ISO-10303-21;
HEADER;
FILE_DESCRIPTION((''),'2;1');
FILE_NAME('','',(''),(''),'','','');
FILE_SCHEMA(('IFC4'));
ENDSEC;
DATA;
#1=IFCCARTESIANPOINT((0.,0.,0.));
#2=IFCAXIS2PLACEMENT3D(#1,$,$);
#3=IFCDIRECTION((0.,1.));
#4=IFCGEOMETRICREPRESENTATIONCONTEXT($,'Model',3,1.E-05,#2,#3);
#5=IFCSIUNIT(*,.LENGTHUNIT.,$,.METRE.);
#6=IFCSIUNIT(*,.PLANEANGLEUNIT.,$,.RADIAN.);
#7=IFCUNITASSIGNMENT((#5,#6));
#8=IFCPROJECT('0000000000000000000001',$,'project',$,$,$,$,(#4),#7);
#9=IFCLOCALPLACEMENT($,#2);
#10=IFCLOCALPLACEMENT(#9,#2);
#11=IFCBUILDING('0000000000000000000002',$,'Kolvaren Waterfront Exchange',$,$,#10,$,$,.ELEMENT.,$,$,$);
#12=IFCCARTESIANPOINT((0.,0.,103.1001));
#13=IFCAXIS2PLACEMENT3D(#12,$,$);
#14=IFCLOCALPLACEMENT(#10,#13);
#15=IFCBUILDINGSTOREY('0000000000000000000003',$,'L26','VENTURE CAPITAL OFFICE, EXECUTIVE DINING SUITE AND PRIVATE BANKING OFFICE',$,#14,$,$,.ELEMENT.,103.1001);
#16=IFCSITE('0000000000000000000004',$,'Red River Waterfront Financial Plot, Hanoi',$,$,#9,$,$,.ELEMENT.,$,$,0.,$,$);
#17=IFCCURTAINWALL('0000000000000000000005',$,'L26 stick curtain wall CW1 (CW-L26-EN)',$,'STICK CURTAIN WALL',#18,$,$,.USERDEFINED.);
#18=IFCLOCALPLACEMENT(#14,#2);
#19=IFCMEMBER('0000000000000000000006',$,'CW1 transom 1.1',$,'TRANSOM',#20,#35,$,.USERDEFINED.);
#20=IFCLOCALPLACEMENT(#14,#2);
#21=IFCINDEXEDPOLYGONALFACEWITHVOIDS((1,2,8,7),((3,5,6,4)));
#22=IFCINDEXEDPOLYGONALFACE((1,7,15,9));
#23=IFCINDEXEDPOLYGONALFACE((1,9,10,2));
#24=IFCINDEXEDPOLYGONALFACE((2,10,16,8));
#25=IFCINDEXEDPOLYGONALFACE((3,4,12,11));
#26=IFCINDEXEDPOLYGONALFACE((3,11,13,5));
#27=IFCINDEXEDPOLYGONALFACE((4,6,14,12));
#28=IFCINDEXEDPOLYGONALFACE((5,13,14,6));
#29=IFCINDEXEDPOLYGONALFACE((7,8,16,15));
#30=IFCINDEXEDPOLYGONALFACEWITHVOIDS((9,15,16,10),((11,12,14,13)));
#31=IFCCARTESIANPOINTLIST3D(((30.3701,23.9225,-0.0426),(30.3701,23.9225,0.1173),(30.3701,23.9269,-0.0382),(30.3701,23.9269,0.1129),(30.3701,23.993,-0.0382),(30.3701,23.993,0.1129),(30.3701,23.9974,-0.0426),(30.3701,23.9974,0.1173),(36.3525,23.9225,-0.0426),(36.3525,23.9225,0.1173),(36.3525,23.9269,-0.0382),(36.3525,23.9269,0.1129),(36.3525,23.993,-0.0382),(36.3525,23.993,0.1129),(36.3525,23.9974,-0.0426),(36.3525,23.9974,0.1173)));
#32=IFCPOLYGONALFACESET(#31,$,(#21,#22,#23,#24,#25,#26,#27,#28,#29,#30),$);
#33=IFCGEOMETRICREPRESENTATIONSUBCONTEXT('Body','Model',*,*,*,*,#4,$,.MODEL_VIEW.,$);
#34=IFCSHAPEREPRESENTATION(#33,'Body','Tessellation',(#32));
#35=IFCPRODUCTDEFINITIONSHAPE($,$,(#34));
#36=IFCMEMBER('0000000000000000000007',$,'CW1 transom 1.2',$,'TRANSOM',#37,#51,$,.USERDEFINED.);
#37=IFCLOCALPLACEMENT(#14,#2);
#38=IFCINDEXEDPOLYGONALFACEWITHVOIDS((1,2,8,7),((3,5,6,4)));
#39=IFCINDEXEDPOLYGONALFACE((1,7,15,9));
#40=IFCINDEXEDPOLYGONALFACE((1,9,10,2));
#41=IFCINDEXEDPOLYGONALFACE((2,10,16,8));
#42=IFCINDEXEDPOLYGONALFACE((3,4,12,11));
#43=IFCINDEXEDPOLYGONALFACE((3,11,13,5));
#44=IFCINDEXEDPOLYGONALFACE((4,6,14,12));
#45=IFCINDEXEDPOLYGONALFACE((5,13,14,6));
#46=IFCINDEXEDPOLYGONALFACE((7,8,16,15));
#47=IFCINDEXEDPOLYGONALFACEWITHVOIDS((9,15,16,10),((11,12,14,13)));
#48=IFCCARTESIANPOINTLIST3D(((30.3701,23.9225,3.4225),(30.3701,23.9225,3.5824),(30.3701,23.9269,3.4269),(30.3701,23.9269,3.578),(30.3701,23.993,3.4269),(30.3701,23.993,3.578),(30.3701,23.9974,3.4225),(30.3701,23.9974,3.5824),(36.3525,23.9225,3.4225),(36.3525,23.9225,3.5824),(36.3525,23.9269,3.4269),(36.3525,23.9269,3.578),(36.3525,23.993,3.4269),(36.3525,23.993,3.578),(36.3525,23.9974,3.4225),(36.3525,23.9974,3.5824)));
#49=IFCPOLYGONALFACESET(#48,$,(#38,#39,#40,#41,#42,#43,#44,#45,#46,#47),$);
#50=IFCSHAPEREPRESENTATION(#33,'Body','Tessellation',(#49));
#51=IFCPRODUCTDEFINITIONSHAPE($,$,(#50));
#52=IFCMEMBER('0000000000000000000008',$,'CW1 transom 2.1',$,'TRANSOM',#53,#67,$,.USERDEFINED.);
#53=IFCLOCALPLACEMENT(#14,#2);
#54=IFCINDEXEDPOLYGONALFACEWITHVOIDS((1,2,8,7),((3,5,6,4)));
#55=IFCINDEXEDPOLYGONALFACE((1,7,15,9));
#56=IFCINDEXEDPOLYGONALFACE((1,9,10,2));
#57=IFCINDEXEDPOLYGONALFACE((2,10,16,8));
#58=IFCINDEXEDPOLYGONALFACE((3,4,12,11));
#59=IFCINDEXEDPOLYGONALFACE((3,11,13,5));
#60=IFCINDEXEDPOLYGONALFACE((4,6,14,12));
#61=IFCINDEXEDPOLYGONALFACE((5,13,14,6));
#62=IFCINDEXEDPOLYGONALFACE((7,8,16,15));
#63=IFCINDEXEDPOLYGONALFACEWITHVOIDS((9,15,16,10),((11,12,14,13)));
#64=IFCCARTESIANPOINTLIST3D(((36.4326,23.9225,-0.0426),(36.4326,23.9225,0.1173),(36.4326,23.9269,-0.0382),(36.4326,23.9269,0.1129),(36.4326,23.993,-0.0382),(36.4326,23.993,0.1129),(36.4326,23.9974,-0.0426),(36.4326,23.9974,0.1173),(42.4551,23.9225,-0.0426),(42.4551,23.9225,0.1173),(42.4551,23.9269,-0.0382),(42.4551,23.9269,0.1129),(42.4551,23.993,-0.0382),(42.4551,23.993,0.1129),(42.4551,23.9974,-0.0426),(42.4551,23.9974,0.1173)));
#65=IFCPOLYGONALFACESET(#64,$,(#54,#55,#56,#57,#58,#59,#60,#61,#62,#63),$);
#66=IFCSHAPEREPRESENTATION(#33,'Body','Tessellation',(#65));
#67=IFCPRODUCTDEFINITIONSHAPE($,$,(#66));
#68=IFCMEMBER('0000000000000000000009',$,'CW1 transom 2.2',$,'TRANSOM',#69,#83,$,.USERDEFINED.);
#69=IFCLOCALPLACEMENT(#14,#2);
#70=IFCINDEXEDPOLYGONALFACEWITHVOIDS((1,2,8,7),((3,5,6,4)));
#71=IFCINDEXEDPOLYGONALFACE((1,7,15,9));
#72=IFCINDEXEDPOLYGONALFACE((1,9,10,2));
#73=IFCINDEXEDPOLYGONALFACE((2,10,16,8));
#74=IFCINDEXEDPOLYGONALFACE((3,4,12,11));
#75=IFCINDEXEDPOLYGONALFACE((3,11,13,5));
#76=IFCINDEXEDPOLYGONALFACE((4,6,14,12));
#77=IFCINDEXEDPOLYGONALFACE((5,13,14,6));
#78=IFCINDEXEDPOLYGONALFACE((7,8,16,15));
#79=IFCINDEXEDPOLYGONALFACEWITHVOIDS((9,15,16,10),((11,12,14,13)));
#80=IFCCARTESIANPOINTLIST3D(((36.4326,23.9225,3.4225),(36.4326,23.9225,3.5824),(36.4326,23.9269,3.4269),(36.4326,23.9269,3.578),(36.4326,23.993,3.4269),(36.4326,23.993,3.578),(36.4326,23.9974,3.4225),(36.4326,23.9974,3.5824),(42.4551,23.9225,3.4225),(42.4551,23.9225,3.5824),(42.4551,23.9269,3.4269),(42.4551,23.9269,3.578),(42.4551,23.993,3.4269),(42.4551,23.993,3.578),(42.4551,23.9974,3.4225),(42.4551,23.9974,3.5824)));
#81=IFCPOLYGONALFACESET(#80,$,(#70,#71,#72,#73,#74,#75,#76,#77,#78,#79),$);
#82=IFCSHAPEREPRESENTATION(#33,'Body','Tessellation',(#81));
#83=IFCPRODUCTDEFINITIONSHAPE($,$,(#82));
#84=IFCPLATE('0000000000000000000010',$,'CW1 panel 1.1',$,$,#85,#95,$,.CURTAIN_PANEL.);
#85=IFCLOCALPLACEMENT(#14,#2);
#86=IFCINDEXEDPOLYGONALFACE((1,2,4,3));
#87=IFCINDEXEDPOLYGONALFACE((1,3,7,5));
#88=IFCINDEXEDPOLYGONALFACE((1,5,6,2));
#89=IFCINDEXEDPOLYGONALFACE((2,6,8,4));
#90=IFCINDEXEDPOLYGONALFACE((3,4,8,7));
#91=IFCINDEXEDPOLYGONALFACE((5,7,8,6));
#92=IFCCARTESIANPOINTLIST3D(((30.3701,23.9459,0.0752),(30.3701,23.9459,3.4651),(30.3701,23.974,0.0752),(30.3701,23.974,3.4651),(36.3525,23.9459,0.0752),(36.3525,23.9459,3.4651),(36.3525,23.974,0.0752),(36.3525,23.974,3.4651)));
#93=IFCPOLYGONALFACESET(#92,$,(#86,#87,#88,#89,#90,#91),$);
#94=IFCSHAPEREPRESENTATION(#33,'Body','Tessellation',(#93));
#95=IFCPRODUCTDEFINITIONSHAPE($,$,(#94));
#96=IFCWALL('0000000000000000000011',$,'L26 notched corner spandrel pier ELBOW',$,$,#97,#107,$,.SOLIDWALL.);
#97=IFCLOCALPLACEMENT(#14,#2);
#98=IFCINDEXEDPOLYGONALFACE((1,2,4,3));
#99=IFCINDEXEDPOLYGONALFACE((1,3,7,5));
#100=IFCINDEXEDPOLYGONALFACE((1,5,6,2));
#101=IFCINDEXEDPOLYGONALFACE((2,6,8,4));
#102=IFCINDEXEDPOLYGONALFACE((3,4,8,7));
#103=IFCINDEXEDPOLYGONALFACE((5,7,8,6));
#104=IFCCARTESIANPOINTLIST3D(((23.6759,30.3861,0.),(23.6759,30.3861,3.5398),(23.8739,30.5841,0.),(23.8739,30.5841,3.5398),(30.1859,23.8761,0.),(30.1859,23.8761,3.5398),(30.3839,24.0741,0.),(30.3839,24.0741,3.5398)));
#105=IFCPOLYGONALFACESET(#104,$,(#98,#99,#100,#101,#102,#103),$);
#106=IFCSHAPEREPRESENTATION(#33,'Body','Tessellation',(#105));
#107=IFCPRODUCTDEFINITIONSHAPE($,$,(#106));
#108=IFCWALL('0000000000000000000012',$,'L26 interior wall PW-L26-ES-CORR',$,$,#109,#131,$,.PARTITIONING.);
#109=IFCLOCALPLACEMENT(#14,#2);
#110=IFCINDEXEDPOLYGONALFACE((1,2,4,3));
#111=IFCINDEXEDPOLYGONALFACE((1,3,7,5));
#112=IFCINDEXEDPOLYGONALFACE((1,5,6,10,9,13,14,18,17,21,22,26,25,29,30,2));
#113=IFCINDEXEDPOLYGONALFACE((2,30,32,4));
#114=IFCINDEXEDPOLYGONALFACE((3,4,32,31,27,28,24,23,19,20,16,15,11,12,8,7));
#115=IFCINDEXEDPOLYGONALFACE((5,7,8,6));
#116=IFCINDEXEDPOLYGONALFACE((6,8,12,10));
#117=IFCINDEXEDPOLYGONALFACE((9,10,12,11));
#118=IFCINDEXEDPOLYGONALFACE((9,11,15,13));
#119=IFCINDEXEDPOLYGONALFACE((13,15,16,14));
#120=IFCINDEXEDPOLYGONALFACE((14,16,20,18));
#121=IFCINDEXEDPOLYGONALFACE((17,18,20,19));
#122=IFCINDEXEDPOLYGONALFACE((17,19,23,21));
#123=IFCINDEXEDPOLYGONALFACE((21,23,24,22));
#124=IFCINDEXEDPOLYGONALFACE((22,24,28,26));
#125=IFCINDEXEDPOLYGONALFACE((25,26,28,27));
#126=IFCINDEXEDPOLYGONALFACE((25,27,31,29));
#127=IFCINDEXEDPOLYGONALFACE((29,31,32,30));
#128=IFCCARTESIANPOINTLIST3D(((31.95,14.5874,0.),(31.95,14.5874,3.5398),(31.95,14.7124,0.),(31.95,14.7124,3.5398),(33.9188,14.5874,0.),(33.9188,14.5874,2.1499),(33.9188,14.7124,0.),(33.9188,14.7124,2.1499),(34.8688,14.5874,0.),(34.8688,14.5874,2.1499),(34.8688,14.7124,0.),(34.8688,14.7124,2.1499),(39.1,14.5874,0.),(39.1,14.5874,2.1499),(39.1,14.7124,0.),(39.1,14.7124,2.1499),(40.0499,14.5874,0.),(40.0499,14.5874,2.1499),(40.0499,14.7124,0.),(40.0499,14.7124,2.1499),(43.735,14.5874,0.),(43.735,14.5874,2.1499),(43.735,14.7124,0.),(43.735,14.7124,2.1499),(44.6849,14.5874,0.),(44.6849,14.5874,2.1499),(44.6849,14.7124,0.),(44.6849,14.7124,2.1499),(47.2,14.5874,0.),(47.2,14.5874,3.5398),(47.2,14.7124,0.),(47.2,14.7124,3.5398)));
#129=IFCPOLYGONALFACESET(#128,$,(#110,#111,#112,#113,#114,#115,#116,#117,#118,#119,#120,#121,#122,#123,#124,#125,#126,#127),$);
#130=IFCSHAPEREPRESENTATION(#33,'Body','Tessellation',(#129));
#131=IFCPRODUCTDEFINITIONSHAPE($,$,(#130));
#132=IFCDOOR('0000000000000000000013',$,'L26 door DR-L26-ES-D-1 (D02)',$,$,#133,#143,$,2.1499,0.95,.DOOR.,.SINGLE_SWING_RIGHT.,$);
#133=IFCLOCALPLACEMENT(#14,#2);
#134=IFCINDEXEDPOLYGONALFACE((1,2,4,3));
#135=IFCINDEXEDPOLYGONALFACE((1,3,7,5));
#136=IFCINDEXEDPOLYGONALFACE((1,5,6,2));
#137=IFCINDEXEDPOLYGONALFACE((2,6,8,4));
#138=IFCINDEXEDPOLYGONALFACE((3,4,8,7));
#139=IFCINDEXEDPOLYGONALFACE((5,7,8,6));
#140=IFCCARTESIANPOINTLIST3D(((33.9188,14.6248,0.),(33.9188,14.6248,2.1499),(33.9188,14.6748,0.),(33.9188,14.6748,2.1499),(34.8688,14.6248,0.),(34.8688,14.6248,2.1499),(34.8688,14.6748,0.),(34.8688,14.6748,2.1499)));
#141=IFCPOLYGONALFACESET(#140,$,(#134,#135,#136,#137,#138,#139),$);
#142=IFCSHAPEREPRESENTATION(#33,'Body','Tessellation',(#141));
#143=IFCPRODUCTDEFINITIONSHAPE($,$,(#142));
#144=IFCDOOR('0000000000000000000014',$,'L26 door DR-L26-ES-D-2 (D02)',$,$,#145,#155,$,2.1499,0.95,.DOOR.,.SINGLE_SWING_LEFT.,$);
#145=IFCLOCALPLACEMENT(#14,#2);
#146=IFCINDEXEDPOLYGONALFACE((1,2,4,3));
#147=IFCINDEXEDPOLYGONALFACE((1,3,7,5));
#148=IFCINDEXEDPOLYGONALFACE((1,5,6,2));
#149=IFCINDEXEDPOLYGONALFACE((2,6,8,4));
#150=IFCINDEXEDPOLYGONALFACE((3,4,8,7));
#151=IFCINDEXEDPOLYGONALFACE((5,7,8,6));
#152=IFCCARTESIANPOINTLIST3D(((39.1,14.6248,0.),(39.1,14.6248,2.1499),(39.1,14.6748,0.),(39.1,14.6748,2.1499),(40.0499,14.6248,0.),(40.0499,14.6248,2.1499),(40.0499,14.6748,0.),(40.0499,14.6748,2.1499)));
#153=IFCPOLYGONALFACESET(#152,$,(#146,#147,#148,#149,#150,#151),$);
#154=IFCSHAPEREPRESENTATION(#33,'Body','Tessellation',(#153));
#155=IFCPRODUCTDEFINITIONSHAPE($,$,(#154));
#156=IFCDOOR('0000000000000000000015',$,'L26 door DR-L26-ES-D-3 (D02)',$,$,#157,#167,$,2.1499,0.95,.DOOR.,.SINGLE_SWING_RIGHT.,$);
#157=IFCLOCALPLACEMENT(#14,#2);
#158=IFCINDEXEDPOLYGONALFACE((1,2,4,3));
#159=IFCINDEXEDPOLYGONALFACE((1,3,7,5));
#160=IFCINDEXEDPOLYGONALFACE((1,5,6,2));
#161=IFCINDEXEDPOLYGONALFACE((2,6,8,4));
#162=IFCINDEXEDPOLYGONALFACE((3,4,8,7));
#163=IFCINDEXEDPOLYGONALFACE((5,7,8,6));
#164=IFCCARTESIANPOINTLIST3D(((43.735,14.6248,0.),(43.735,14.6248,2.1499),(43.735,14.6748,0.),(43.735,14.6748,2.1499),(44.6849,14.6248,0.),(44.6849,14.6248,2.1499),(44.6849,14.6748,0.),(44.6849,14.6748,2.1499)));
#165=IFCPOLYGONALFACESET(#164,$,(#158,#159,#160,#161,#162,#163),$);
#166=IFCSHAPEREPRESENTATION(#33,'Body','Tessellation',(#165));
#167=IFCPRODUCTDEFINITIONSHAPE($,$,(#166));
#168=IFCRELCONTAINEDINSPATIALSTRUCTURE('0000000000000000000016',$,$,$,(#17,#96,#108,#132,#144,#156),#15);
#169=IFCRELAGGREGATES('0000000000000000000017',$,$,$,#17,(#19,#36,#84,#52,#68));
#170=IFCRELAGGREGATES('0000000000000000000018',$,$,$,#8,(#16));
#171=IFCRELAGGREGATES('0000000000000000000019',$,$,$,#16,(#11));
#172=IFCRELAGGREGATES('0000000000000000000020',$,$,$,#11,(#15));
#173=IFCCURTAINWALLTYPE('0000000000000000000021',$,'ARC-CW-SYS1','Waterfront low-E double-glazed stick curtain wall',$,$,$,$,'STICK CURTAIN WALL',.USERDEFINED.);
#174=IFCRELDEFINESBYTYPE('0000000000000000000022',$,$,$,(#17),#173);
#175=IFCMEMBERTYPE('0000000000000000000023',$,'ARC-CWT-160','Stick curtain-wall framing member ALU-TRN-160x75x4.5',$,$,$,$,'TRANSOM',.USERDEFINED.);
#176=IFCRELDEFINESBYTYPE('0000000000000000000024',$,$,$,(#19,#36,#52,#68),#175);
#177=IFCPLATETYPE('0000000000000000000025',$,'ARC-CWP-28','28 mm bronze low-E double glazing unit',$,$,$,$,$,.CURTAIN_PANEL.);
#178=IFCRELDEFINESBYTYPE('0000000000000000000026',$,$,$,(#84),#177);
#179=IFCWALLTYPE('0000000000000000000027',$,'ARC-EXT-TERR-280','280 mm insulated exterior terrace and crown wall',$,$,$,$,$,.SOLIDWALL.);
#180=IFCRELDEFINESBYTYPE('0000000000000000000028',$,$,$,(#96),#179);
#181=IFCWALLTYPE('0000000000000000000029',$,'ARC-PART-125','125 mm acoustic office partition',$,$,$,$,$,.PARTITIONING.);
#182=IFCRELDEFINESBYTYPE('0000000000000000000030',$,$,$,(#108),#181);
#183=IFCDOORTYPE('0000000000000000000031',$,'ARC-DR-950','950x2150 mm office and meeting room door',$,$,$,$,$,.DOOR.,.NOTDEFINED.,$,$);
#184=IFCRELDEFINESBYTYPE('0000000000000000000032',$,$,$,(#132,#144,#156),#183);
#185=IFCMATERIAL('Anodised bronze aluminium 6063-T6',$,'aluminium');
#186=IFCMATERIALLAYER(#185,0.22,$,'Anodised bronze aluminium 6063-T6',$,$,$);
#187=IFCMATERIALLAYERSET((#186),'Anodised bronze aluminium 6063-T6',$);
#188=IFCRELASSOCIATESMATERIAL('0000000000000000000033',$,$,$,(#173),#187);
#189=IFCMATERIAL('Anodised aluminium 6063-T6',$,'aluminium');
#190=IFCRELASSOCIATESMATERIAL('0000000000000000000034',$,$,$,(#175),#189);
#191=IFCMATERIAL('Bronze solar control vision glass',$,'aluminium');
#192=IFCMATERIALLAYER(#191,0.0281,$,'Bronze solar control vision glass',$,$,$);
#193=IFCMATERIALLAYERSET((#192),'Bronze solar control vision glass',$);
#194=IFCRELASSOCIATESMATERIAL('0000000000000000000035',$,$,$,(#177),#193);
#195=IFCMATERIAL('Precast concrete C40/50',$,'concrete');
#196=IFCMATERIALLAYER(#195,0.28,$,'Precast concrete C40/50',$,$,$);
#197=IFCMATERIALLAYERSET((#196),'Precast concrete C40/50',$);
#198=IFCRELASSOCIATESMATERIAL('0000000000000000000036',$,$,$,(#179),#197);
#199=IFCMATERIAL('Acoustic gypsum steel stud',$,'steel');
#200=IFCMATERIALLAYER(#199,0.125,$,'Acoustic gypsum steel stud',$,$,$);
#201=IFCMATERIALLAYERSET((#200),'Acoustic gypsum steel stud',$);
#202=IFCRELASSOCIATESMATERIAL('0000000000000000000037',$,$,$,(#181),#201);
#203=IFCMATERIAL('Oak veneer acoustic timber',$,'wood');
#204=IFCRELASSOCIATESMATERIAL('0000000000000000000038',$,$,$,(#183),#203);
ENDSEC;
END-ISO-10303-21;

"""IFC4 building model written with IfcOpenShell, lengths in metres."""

from ifc_helpers import new_model, si_unit, direction, frame, frame_2d, origin, origin_with_axes, origin_2d, place, context, subcontext, project, spatial, rectangle, hollow_rectangle, extrude, source, transform, mapped, material, layer, layer_set, material_profile, profile_set, type_object, element, fill, aggregate, save


model = new_model("IFC4")

# Units and contexts
model_context = context("Model", 3, precision=1e-05, world=origin(), true_north=direction((0.0, 1.0)))
body_context = subcontext(model_context, "Body", "Model", "MODEL_VIEW")
ifc_project = project(units=[si_unit("LENGTHUNIT", "METRE"), si_unit("PLANEANGLEUNIT", "RADIAN")], contexts=[model_context])

# Site, building, storey
site_placement = place(None, origin())
site = spatial("IfcSite", under=ifc_project, at=site_placement, Name="Red River Waterfront Financial Plot, Hanoi", CompositionType="ELEMENT", RefElevation=0.0)
building_placement = place(site_placement, origin())
building = spatial("IfcBuilding", under=site, at=building_placement, Name="Kolvaren Waterfront Exchange", CompositionType="ELEMENT")
storey_placement = place(building_placement, frame((0.0, 0.0, 103.1001)))
storey = spatial("IfcBuildingStorey", under=building, at=storey_placement, Name="L26", Description="VENTURE CAPITAL OFFICE, EXECUTIVE DINING SUITE AND PRIVATE BANKING OFFICE", CompositionType="ELEMENT", Elevation=103.1001)

# Curtain wall, members, plate
ifc_material_1 = material(Name="Anodised bronze aluminium 6063-T6", Category="aluminium")
ifc_layer_1 = layer(ifc_material_1, 0.22, Name="Anodised bronze aluminium 6063-T6")
ifc_layer_set_1 = layer_set([ifc_layer_1], Name="Anodised bronze aluminium 6063-T6")
curtain_wall_type = type_object("IfcCurtainWallType", Name="ARC-CW-SYS1", Description="Waterfront low-E double-glazed stick curtain wall", ElementType="STICK CURTAIN WALL", PredefinedType="USERDEFINED", material=ifc_layer_set_1)
curtain_wall_placement = place(storey_placement, origin())
curtain_wall = element("IfcCurtainWall", 1, at=curtain_wall_placement, inside=storey, type_object=curtain_wall_type, Name="L26 stick curtain wall CW1 (CW-L26-EN)", ObjectType="STICK CURTAIN WALL", PredefinedType="USERDEFINED")
ifc_material_2 = material(Name="Anodised aluminium 6063-T6", Category="aluminium")
ifc_material_profile_1 = material_profile(ifc_material_2, hollow_rectangle(XDim=0.075, YDim=0.1599, WallThickness=0.0044, at=origin_2d()), Name="ALU-TRN-160x75x4.5")
ifc_profile_set_1 = profile_set([ifc_material_profile_1], Name="Anodised aluminium 6063-T6")
member_type_1 = type_object("IfcMemberType", Name="ARC-CWT-160", Description="Stick curtain-wall framing member ALU-TRN-160x75x4.5", ElementType="TRANSOM", PredefinedType="USERDEFINED", material=ifc_profile_set_1)
shared_shape_1 = source(origin_with_axes(), body_context, "Body", "SweptSolid", [
    extrude(hollow_rectangle(XDim=0.075, YDim=0.1599, WallThickness=0.0044, at=origin_2d()), origin(), (0.0, 0.0, 1.0), 5.9824),
])
member_1_placement = place(storey_placement, frame((30.3701, 23.96, 0.0374), z_axis=(1.0, 0.0, 0.0), x_axis=(0.0, 1.0, 0.0)))
member_1 = element("IfcMember", 2, at=member_1_placement, type_object=member_type_1, Name="CW1 transom 1.1", ObjectType="TRANSOM", PredefinedType="USERDEFINED", context=body_context, shape_type="MappedRepresentation", body=[
    mapped(shared_shape_1, transform((0.0, 0.0, 0.0), x_axis=(1.0, 0.0, 0.0), y_axis=(0.0, 1.0, 0.0), z_axis=(0.0, 0.0, 1.0), scale=1.0)),
])
member_2_placement = place(storey_placement, frame((30.3701, 23.96, 3.5024), z_axis=(1.0, 0.0, 0.0), x_axis=(0.0, 1.0, 0.0)))
member_2 = element("IfcMember", 3, at=member_2_placement, type_object=member_type_1, Name="CW1 transom 1.2", ObjectType="TRANSOM", PredefinedType="USERDEFINED", context=body_context, shape_type="MappedRepresentation", body=[
    mapped(shared_shape_1, transform((0.0, 0.0, 0.0), x_axis=(1.0, 0.0, 0.0), y_axis=(0.0, 1.0, 0.0), z_axis=(0.0, 0.0, 1.0), scale=1.0)),
])
shared_shape_2 = source(origin_with_axes(), body_context, "Body", "SweptSolid", [
    extrude(hollow_rectangle(XDim=0.075, YDim=0.1599, WallThickness=0.0044, at=origin_2d()), origin(), (0.0, 0.0, 1.0), 6.0225),
])
member_3_placement = place(storey_placement, frame((36.4326, 23.96, 0.0374), z_axis=(1.0, 0.0, 0.0), x_axis=(0.0, 1.0, 0.0)))
member_3 = element("IfcMember", 4, at=member_3_placement, type_object=member_type_1, Name="CW1 transom 2.1", ObjectType="TRANSOM", PredefinedType="USERDEFINED", context=body_context, shape_type="MappedRepresentation", body=[
    mapped(shared_shape_2, transform((0.0, 0.0, 0.0), x_axis=(1.0, 0.0, 0.0), y_axis=(0.0, 1.0, 0.0), z_axis=(0.0, 0.0, 1.0), scale=1.0)),
])
member_4_placement = place(storey_placement, frame((36.4326, 23.96, 3.5024), z_axis=(1.0, 0.0, 0.0), x_axis=(0.0, 1.0, 0.0)))
member_4 = element("IfcMember", 5, at=member_4_placement, type_object=member_type_1, Name="CW1 transom 2.2", ObjectType="TRANSOM", PredefinedType="USERDEFINED", context=body_context, shape_type="MappedRepresentation", body=[
    mapped(shared_shape_2, transform((0.0, 0.0, 0.0), x_axis=(1.0, 0.0, 0.0), y_axis=(0.0, 1.0, 0.0), z_axis=(0.0, 0.0, 1.0), scale=1.0)),
])
ifc_material_3 = material(Name="Bronze solar control vision glass", Category="aluminium")
ifc_layer_2 = layer(ifc_material_3, 0.0281, Name="Bronze solar control vision glass")
ifc_layer_set_2 = layer_set([ifc_layer_2], Name="Bronze solar control vision glass")
plate_type = type_object("IfcPlateType", Name="ARC-CWP-28", Description="28 mm bronze low-E double glazing unit", PredefinedType="CURTAIN_PANEL", material=ifc_layer_set_2)
shared_shape_3 = source(origin_with_axes(), body_context, "Body", "SweptSolid", [
    extrude(rectangle(XDim=5.9824, YDim=0.0281, at=origin_2d()), origin(), (0.0, 0.0, 1.0), 3.3899),
])
plate_placement = place(storey_placement, frame((33.3613, 23.96, 0.0752), z_axis=(0.0, 0.0, 1.0), x_axis=(1.0, 0.0, 0.0)))
plate = element("IfcPlate", 6, at=plate_placement, type_object=plate_type, Name="CW1 panel 1.1", PredefinedType="CURTAIN_PANEL", context=body_context, shape_type="MappedRepresentation", body=[
    mapped(shared_shape_3, transform((0.0, 0.0, 0.0), x_axis=(1.0, 0.0, 0.0), y_axis=(0.0, 1.0, 0.0), z_axis=(0.0, 0.0, 1.0), scale=1.0)),
])
aggregate(curtain_wall, [member_1, member_2, plate, member_3, member_4])

# Wall
ifc_material_4 = material(Name="Precast concrete C40/50", Category="concrete")
ifc_layer_3 = layer(ifc_material_4, 0.28, Name="Precast concrete C40/50")
ifc_layer_set_3 = layer_set([ifc_layer_3], Name="Precast concrete C40/50")
wall_type_1 = type_object("IfcWallType", Name="ARC-EXT-TERR-280", Description="280 mm insulated exterior terrace and crown wall", PredefinedType="SOLIDWALL", material=ifc_layer_set_3)
wall_1_placement = place(storey_placement, frame((30.2849, 23.9751, 0.0), z_axis=(0.0, 0.0, 1.0), x_axis=(-0.707107, 0.707107, 0.0)))
element("IfcWall", 7, at=wall_1_placement, inside=storey, type_object=wall_type_1, Name="L26 notched corner spandrel pier ELBOW", PredefinedType="SOLIDWALL", context=body_context, shape_type="SweptSolid", body=[
    extrude(rectangle(XDim=9.2065, YDim=0.28, at=frame_2d((4.6033, 0.0))), origin(), (0.0, 0.0, 1.0), 3.5398),
])

# Wall, openings, doors
ifc_material_5 = material(Name="Acoustic gypsum steel stud", Category="steel")
ifc_layer_4 = layer(ifc_material_5, 0.125, Name="Acoustic gypsum steel stud")
ifc_layer_set_4 = layer_set([ifc_layer_4], Name="Acoustic gypsum steel stud")
wall_type_2 = type_object("IfcWallType", Name="ARC-PART-125", Description="125 mm acoustic office partition", PredefinedType="PARTITIONING", material=ifc_layer_set_4)
wall_2_placement = place(storey_placement, frame((31.95, 14.6499, 0.0), z_axis=(0.0, 0.0, 1.0), x_axis=(1.0, 0.0, 0.0)))
wall_2 = element("IfcWall", 8, at=wall_2_placement, inside=storey, type_object=wall_type_2, Name="L26 interior wall PW-L26-ES-CORR", PredefinedType="PARTITIONING", context=body_context, shape_type="SweptSolid", body=[
    extrude(rectangle(XDim=15.25, YDim=0.125, at=frame_2d((7.625, 0.0))), origin(), (0.0, 0.0, 1.0), 3.5398),
])
opening_1_placement = place(wall_2_placement, frame((1.9688, 0.0, 0.0)))
opening_1 = element("IfcOpeningElement", 9, at=opening_1_placement, cuts=wall_2, PredefinedType="OPENING", context=body_context, shape_type="SweptSolid", body=[
    extrude(rectangle(XDim=0.95, YDim=2.1499, at=frame_2d((0.4751, 1.075))), frame((0.0, 0.0725, 0.0), z_axis=(0.0, -1.0, 0.0), x_axis=(1.0, 0.0, 0.0)), (0.0, 0.0, 1.0), 0.145),
])
opening_2_placement = place(wall_2_placement, frame((7.1499, 0.0, 0.0)))
opening_2 = element("IfcOpeningElement", 10, at=opening_2_placement, cuts=wall_2, PredefinedType="OPENING", context=body_context, shape_type="SweptSolid", body=[
    extrude(rectangle(XDim=0.95, YDim=2.1499, at=frame_2d((0.4751, 1.075))), frame((0.0, 0.0725, 0.0), z_axis=(0.0, -1.0, 0.0), x_axis=(1.0, 0.0, 0.0)), (0.0, 0.0, 1.0), 0.145),
])
opening_3_placement = place(wall_2_placement, frame((11.7849, 0.0, 0.0)))
opening_3 = element("IfcOpeningElement", 11, at=opening_3_placement, cuts=wall_2, PredefinedType="OPENING", context=body_context, shape_type="SweptSolid", body=[
    extrude(rectangle(XDim=0.95, YDim=2.1499, at=frame_2d((0.4751, 1.075))), frame((0.0, 0.0725, 0.0), z_axis=(0.0, -1.0, 0.0), x_axis=(1.0, 0.0, 0.0)), (0.0, 0.0, 1.0), 0.145),
])
ifc_material_6 = material(Name="Oak veneer acoustic timber", Category="wood")
door_type = type_object("IfcDoorType", Name="ARC-DR-950", Description="950x2150 mm office and meeting room door", OperationType="NOTDEFINED", PredefinedType="DOOR", material=ifc_material_6)
door_1_placement = place(opening_1_placement, origin())
door_1 = element("IfcDoor", 12, at=door_1_placement, inside=storey, type_object=door_type, Name="L26 door DR-L26-ES-D-1 (D02)", OperationType="SINGLE_SWING_RIGHT", OverallHeight=2.1499, OverallWidth=0.95, PredefinedType="DOOR", context=body_context, shape_type="SweptSolid", body=[
    extrude(rectangle(XDim=0.95, YDim=2.1499, at=frame_2d((0.4751, 1.075))), frame((0.0, 0.0249, 0.0), z_axis=(0.0, -1.0, 0.0), x_axis=(1.0, 0.0, 0.0)), (0.0, 0.0, 1.0), 0.05),
])
fill(opening_1, door_1)
door_2_placement = place(opening_2_placement, origin())
door_2 = element("IfcDoor", 13, at=door_2_placement, inside=storey, type_object=door_type, Name="L26 door DR-L26-ES-D-2 (D02)", OperationType="SINGLE_SWING_LEFT", OverallHeight=2.1499, OverallWidth=0.95, PredefinedType="DOOR", context=body_context, shape_type="SweptSolid", body=[
    extrude(rectangle(XDim=0.95, YDim=2.1499, at=frame_2d((0.4751, 1.075))), frame((0.0, 0.0249, 0.0), z_axis=(0.0, -1.0, 0.0), x_axis=(1.0, 0.0, 0.0)), (0.0, 0.0, 1.0), 0.05),
])
fill(opening_2, door_2)
door_3_placement = place(opening_3_placement, origin())
door_3 = element("IfcDoor", 14, at=door_3_placement, inside=storey, type_object=door_type, Name="L26 door DR-L26-ES-D-3 (D02)", OperationType="SINGLE_SWING_RIGHT", OverallHeight=2.1499, OverallWidth=0.95, PredefinedType="DOOR", context=body_context, shape_type="SweptSolid", body=[
    extrude(rectangle(XDim=0.95, YDim=2.1499, at=frame_2d((0.4751, 1.075))), frame((0.0, 0.0249, 0.0), z_axis=(0.0, -1.0, 0.0), x_axis=(1.0, 0.0, 0.0)), (0.0, 0.0, 1.0), 0.05),
])
fill(opening_3, door_3)

save(model, "model.ifc")
